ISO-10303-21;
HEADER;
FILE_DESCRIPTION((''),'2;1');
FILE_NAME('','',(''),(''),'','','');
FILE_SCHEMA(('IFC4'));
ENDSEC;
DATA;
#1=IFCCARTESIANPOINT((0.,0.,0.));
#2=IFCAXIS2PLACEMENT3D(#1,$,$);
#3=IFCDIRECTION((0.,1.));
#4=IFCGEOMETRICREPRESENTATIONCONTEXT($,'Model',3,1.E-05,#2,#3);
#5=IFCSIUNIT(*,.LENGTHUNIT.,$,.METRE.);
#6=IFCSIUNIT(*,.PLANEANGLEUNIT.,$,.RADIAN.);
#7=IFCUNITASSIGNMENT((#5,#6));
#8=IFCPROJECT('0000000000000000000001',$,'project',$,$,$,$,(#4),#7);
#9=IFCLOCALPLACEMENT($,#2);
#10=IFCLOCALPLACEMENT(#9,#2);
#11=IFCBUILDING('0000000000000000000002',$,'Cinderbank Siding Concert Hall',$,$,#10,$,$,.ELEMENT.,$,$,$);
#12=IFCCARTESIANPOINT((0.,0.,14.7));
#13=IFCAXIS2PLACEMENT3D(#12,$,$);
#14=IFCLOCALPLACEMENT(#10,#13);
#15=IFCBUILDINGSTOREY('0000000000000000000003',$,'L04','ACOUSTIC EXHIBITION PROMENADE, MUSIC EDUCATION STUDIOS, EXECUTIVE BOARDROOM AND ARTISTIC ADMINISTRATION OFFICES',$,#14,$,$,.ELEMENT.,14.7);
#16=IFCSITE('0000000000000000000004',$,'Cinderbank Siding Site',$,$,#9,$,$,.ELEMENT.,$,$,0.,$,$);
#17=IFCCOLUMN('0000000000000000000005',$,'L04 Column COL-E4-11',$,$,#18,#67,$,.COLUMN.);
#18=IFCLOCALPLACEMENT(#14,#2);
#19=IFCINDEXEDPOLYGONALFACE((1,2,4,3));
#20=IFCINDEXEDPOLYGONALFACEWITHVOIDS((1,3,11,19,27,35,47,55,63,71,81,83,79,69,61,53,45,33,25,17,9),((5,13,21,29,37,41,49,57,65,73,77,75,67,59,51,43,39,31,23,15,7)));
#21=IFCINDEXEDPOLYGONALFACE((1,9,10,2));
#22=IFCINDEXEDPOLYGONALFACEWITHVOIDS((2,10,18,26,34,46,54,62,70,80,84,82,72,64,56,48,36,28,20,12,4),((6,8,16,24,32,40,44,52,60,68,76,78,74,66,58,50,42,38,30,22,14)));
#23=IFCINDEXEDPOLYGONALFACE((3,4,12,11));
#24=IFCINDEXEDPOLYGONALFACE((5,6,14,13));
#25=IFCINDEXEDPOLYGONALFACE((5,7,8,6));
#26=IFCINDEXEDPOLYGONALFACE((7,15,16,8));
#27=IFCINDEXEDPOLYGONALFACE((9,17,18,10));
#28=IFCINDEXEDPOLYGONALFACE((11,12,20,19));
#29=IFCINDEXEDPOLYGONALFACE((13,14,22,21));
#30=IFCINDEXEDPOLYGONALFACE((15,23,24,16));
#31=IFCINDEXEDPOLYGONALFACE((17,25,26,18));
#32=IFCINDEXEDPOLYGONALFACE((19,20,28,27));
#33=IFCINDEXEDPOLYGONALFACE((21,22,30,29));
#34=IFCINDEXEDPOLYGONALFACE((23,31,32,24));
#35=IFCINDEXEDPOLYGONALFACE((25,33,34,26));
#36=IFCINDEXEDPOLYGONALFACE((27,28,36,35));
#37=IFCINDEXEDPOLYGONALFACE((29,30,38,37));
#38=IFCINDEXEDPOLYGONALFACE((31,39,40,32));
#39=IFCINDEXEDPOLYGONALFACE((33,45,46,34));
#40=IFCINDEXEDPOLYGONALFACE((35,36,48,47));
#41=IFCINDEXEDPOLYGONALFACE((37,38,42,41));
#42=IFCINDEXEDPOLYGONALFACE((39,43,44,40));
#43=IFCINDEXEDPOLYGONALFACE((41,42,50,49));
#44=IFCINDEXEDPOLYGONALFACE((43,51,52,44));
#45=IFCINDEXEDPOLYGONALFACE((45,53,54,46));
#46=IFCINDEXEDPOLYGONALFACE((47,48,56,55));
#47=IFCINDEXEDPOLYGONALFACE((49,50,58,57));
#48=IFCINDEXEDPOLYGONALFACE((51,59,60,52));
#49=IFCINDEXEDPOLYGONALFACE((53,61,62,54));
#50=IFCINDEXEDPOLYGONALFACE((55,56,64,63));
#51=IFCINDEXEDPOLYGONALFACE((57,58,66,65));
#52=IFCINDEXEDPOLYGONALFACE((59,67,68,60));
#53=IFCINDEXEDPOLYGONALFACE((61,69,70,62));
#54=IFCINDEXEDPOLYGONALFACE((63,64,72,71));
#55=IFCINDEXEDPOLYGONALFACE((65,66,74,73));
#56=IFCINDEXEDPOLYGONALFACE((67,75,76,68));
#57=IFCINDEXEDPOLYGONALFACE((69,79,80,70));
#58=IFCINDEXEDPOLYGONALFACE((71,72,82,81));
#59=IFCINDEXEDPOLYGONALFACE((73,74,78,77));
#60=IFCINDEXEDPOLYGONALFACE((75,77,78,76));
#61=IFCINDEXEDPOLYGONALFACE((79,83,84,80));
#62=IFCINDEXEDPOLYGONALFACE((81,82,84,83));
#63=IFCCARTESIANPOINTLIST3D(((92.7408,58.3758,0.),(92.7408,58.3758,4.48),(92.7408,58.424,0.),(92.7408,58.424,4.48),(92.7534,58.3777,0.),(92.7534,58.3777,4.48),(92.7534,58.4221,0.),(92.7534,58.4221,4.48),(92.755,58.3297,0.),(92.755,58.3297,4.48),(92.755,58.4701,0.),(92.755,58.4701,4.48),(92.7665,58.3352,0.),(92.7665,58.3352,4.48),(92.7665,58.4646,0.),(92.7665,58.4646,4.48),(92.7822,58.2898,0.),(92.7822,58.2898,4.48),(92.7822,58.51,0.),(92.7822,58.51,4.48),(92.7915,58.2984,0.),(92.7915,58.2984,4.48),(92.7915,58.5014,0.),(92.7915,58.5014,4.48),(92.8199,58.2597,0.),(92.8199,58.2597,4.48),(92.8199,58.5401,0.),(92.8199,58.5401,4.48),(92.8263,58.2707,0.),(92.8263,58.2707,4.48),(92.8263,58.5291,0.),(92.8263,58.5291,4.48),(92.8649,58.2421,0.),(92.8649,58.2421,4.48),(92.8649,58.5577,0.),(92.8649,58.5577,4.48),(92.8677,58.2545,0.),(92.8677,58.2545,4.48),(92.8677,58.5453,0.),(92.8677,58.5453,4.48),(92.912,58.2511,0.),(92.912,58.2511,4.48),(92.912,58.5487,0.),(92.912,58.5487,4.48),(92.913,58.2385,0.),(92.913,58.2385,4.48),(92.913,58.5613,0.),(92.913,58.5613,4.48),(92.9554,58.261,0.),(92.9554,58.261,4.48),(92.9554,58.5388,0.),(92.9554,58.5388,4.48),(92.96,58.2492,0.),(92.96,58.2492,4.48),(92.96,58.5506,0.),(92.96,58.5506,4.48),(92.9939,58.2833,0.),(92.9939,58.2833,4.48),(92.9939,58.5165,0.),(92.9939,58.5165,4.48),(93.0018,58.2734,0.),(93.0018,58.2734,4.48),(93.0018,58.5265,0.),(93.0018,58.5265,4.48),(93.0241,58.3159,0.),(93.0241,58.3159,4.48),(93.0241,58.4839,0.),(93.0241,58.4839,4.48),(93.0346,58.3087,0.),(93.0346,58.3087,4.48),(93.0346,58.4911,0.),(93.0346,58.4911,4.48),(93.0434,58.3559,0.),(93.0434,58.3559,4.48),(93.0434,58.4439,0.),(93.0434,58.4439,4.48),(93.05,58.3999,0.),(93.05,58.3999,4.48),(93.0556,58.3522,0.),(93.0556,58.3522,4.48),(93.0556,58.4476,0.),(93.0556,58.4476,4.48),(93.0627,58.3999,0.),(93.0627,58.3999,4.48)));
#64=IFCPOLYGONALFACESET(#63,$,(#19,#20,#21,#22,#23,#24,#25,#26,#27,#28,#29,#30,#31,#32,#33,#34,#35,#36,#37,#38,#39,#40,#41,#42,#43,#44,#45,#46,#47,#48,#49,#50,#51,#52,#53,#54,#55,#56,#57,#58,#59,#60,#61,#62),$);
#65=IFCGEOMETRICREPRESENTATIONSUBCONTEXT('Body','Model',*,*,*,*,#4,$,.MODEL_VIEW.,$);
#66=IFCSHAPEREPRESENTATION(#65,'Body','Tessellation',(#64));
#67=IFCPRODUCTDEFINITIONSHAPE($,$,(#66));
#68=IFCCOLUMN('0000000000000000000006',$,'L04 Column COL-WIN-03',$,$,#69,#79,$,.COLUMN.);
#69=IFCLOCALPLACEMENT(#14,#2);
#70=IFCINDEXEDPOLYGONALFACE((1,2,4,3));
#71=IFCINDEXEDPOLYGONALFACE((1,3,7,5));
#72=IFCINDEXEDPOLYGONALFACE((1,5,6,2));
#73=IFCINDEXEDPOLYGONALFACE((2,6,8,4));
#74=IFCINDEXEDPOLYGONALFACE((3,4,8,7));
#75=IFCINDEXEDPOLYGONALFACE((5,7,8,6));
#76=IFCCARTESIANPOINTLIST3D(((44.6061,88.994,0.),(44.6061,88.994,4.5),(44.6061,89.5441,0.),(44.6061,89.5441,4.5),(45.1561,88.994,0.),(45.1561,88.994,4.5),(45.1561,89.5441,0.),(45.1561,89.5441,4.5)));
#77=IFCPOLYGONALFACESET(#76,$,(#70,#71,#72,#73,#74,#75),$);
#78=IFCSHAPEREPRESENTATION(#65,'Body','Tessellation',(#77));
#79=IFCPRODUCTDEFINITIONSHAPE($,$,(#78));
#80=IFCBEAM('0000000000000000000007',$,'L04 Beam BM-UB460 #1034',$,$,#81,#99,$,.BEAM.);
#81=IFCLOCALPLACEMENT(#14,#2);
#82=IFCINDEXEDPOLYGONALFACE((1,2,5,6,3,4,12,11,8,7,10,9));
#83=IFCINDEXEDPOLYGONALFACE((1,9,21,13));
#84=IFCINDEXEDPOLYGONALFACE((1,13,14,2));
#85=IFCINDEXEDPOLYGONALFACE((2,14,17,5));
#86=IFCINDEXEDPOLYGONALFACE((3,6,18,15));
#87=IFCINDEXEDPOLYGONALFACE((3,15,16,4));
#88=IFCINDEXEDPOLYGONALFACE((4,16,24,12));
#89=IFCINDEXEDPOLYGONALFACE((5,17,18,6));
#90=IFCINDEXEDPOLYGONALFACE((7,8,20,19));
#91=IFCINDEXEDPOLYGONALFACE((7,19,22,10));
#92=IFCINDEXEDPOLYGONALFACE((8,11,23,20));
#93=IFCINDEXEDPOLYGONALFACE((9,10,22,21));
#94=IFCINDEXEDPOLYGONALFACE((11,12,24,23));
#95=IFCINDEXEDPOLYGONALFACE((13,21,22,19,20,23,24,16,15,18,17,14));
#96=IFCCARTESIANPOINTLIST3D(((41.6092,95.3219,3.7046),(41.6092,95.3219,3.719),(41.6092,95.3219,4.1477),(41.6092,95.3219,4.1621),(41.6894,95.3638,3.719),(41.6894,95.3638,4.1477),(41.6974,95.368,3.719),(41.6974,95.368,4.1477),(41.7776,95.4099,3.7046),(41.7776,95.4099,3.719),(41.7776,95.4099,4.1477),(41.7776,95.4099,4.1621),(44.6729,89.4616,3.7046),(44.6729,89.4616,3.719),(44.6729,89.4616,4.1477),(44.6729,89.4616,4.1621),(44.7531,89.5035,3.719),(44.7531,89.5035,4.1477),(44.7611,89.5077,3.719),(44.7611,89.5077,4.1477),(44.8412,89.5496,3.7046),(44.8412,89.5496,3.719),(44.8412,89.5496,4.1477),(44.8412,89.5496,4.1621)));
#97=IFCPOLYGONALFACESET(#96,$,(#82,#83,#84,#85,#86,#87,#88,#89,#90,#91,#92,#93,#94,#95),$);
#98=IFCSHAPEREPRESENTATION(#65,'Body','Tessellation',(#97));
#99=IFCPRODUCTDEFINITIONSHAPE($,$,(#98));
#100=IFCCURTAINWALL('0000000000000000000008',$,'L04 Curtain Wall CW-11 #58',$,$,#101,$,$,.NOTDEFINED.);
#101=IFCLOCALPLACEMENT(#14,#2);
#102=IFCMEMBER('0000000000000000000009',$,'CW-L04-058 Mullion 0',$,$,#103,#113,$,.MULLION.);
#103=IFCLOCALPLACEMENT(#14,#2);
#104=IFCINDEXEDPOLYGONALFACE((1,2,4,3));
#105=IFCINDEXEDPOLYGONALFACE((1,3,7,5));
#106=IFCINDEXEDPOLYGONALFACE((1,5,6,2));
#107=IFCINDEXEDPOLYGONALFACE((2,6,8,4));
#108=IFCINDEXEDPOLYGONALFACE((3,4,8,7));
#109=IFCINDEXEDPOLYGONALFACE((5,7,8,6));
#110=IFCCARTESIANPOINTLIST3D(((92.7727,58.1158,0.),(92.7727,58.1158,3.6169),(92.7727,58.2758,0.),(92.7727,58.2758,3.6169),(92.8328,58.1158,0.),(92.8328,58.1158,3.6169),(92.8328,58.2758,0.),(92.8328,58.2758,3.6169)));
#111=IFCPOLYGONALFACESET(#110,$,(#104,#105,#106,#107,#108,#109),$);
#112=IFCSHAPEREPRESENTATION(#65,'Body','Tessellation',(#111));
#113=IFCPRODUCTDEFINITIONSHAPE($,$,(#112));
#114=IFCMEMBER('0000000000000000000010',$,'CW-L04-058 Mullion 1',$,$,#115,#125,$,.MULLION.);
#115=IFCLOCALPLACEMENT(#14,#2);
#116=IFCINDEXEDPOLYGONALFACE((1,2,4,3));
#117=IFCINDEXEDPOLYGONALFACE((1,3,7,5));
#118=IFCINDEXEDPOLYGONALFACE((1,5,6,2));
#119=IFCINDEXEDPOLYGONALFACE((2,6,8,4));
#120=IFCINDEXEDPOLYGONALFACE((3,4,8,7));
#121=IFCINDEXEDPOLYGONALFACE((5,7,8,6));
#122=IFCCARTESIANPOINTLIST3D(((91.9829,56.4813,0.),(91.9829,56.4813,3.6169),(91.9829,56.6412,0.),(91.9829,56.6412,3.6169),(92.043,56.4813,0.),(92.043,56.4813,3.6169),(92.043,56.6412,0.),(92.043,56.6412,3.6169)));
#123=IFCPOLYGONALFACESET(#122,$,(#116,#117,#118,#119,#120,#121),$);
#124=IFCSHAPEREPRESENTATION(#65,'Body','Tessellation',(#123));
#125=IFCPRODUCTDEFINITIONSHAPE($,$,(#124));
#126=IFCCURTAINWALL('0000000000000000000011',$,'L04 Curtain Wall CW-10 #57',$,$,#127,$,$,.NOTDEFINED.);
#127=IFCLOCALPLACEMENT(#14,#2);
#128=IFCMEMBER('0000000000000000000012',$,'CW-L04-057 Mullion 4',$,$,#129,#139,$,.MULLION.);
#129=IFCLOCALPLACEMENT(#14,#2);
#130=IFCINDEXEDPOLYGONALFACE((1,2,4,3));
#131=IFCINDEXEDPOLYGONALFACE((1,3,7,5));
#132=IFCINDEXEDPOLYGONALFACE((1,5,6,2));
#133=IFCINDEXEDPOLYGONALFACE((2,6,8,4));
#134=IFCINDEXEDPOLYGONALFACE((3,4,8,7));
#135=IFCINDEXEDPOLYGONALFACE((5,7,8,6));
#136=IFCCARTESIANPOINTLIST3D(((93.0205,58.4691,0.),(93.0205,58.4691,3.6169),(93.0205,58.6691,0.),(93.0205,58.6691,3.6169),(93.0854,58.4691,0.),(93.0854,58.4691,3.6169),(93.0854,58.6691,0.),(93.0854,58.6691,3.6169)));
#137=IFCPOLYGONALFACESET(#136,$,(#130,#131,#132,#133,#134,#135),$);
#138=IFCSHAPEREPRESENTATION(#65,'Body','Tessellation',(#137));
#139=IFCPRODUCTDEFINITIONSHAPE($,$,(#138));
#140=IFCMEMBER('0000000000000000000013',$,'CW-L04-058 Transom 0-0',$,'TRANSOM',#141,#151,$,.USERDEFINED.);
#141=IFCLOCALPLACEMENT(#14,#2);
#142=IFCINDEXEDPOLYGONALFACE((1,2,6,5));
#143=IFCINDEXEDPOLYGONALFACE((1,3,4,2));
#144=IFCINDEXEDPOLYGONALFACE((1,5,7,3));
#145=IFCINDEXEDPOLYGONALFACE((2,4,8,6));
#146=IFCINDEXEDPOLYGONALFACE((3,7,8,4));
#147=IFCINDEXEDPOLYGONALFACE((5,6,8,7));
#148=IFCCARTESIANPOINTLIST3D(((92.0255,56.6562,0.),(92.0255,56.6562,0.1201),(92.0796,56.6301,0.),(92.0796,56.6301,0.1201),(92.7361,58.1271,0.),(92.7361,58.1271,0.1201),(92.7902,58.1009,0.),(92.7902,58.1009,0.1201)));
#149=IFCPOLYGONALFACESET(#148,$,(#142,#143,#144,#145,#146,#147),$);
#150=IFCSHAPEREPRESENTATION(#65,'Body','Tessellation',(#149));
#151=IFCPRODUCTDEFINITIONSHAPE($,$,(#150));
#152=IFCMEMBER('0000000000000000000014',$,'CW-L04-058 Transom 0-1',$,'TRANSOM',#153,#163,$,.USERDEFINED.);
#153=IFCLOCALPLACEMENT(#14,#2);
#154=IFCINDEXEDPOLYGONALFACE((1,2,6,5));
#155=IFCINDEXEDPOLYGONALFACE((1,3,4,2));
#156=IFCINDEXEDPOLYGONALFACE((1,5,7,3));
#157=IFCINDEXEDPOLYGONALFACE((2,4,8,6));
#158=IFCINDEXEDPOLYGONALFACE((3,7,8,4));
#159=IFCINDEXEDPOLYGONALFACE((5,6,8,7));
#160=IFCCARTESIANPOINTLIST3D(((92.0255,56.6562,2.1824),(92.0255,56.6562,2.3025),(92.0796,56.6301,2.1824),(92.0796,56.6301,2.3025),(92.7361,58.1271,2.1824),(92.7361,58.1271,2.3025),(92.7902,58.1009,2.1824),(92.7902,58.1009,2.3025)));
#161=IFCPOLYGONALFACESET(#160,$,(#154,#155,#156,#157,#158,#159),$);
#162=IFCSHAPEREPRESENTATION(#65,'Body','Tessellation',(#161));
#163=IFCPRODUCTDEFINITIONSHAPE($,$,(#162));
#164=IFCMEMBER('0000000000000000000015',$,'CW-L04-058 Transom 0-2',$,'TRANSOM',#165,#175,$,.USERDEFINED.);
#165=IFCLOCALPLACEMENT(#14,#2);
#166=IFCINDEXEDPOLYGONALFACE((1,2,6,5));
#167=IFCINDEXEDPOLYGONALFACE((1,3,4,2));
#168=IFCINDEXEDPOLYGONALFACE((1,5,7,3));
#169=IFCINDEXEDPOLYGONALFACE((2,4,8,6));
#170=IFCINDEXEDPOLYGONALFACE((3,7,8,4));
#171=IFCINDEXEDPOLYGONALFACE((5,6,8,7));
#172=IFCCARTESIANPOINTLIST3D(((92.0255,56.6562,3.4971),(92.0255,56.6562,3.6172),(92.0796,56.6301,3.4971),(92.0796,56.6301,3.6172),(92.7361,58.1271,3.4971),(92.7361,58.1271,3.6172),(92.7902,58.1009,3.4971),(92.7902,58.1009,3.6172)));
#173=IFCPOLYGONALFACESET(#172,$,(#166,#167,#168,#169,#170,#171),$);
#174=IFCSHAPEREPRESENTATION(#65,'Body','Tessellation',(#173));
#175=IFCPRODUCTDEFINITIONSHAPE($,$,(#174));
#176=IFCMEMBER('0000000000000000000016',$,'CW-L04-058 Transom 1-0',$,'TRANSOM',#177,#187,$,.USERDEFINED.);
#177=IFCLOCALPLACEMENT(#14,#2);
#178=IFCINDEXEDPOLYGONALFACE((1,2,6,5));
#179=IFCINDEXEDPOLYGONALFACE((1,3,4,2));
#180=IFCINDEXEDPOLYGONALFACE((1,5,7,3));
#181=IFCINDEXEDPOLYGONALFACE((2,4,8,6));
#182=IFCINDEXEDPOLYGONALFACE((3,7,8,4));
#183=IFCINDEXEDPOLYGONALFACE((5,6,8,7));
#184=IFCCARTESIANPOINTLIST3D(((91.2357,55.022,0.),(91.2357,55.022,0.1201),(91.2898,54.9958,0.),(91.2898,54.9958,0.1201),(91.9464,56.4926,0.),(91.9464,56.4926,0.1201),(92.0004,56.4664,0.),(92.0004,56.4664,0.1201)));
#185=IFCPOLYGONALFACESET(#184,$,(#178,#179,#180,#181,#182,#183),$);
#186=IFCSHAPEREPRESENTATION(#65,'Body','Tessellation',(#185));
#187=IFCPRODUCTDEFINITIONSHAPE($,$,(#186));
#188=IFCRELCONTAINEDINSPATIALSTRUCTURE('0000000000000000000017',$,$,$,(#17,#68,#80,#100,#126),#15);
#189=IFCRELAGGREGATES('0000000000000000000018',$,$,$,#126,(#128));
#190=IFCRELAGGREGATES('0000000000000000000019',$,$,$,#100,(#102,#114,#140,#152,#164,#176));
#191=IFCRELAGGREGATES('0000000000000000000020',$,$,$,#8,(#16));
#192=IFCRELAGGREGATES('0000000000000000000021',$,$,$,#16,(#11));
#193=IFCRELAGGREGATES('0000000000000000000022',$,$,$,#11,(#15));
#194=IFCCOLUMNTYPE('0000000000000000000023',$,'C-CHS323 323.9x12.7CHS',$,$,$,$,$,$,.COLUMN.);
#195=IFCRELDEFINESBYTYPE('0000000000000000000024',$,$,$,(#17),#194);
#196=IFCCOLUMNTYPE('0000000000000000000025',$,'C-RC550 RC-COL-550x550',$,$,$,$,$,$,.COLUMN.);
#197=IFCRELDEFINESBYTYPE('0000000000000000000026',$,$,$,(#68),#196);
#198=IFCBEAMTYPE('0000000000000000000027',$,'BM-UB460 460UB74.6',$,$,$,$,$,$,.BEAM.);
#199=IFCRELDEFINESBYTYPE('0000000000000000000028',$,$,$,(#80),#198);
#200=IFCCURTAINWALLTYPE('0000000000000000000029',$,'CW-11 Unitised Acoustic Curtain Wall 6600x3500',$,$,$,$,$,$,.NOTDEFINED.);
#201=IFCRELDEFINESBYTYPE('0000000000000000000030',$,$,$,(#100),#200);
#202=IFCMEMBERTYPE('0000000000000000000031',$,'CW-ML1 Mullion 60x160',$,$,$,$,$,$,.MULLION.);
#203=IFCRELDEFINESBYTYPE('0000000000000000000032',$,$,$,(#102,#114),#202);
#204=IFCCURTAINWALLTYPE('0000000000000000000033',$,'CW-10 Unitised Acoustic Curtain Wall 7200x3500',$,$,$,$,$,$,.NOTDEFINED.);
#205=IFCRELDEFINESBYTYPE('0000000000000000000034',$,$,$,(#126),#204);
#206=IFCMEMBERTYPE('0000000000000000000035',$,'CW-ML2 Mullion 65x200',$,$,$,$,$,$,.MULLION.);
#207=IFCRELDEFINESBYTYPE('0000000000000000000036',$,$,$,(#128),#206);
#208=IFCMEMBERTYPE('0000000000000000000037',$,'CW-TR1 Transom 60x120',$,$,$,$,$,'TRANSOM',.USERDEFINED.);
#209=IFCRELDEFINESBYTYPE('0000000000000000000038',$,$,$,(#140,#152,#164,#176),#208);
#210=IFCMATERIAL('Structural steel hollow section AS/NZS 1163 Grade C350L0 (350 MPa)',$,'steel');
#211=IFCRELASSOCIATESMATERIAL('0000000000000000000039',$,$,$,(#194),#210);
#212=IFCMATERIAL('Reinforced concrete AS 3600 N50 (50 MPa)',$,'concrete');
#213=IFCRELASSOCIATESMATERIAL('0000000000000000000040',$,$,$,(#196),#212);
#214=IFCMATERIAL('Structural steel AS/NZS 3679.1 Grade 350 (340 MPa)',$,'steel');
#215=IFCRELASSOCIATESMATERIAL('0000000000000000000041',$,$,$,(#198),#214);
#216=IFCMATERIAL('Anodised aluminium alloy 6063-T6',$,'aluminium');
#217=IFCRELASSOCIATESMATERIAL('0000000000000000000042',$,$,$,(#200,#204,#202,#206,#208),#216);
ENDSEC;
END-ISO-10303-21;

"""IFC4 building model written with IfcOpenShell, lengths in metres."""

from ifc_helpers import new_model, si_unit, direction, frame, origin, origin_2d, place, context, subcontext, project, spatial, rectangle, hollow_circle, i_section, extrude, material, material_profile, profile_set, type_object, element, aggregate, save


model = new_model("IFC4")

# Units and contexts
model_context = context("Model", 3, precision=1e-05, world=origin(), true_north=direction((0.0, 1.0)))
body_context = subcontext(model_context, "Body", "Model", "MODEL_VIEW")
ifc_project = project(units=[si_unit("LENGTHUNIT", "METRE"), si_unit("PLANEANGLEUNIT", "RADIAN")], contexts=[model_context])

# Site, building, storey
site_placement = place(None, origin())
site = spatial("IfcSite", under=ifc_project, at=site_placement, Name="Cinderbank Siding Site", CompositionType="ELEMENT", RefElevation=0.0)
building_placement = place(site_placement, origin())
building = spatial("IfcBuilding", under=site, at=building_placement, Name="Cinderbank Siding Concert Hall", CompositionType="ELEMENT")
storey_placement = place(building_placement, frame((0.0, 0.0, 14.7)))
storey = spatial("IfcBuildingStorey", under=building, at=storey_placement, Name="L04", Description="ACOUSTIC EXHIBITION PROMENADE, MUSIC EDUCATION STUDIOS, EXECUTIVE BOARDROOM AND ARTISTIC ADMINISTRATION OFFICES", CompositionType="ELEMENT", Elevation=14.7)

# Columns
ifc_material_1 = material(Name="Structural steel hollow section AS/NZS 1163 Grade C350L0 (350 MPa)", Category="steel")
ifc_material_profile_1 = material_profile(ifc_material_1, hollow_circle(Radius=0.1619, WallThickness=0.0127, at=origin_2d()), Name="323.9x12.7CHS", Category="LoadBearing")
ifc_profile_set_1 = profile_set([ifc_material_profile_1], Name="Structural steel hollow section AS/NZS 1163 Grade C350L0 (350 MPa)")
column_type_1 = type_object("IfcColumnType", Name="C-CHS323 323.9x12.7CHS", PredefinedType="COLUMN", material=ifc_profile_set_1)
column_1_placement = place(storey_placement, frame((92.9009, 58.3999, 0.0), z_axis=(0.0, 0.0, 1.0), x_axis=(1.0, 0.0, 0.0)))
element("IfcColumn", 1, at=column_1_placement, inside=storey, type_object=column_type_1, Name="L04 Column COL-E4-11", PredefinedType="COLUMN", context=body_context, shape_type="SweptSolid", body=[
    extrude(hollow_circle(Radius=0.1619, WallThickness=0.0127, at=origin_2d()), origin(), (0.0, 0.0, 1.0), 4.48),
])
ifc_material_2 = material(Name="Reinforced concrete AS 3600 N50 (50 MPa)", Category="concrete")
ifc_material_profile_2 = material_profile(ifc_material_2, rectangle(XDim=0.55, YDim=0.55, at=origin_2d()), Name="RC-COL-550x550", Category="LoadBearing")
ifc_profile_set_2 = profile_set([ifc_material_profile_2], Name="Reinforced concrete AS 3600 N50 (50 MPa)")
column_type_2 = type_object("IfcColumnType", Name="C-RC550 RC-COL-550x550", PredefinedType="COLUMN", material=ifc_profile_set_2)
column_2_placement = place(storey_placement, frame((44.8811, 89.269, 0.0), z_axis=(0.0, 0.0, 1.0), x_axis=(1.0, 0.0, 0.0)))
element("IfcColumn", 2, at=column_2_placement, inside=storey, type_object=column_type_2, Name="L04 Column COL-WIN-03", PredefinedType="COLUMN", context=body_context, shape_type="SweptSolid", body=[
    extrude(rectangle(XDim=0.55, YDim=0.55, at=origin_2d()), origin(), (0.0, 0.0, 1.0), 4.5),
])

# Beam
ifc_material_3 = material(Name="Structural steel AS/NZS 3679.1 Grade 350 (340 MPa)", Category="steel")
ifc_material_profile_3 = material_profile(ifc_material_3, i_section(OverallWidth=0.1899, OverallDepth=0.4575, WebThickness=0.009, FlangeThickness=0.0144, at=origin_2d()), Name="460UB74.6", Category="LoadBearing")
ifc_profile_set_3 = profile_set([ifc_material_profile_3], Name="Structural steel AS/NZS 3679.1 Grade 350 (340 MPa)")
beam_type_1 = type_object("IfcBeamType", Name="BM-UB460 460UB74.6", PredefinedType="BEAM", material=ifc_profile_set_3)
beam_1_placement = place(storey_placement, frame((44.7571, 89.5056, 3.9333), z_axis=(-0.463296, 0.886203, 0.0), x_axis=(-0.886203, -0.463296, 0.0)))
element("IfcBeam", 3, at=beam_1_placement, inside=storey, type_object=beam_type_1, Name="L04 Beam BM-UB460 #1034", PredefinedType="BEAM", context=body_context, shape_type="SweptSolid", body=[
    extrude(i_section(OverallWidth=0.1899, OverallDepth=0.4575, WebThickness=0.009, FlangeThickness=0.0144, at=origin_2d()), origin(), (0.0, 0.0, 1.0), 6.6128),
])

# Curtain wall, members
ifc_material_4 = material(Name="Anodised aluminium alloy 6063-T6", Category="aluminium")
curtain_wall_type_1 = type_object("IfcCurtainWallType", Name="CW-11 Unitised Acoustic Curtain Wall 6600x3500", PredefinedType="NOTDEFINED", material=ifc_material_4)
curtain_wall_1_placement = place(storey_placement, origin())
curtain_wall_1 = element("IfcCurtainWall", 4, at=curtain_wall_1_placement, inside=storey, type_object=curtain_wall_type_1, Name="L04 Curtain Wall CW-11 #58", PredefinedType="NOTDEFINED")
ifc_material_profile_4 = material_profile(ifc_material_4, rectangle(XDim=0.0601, YDim=0.1599, at=origin_2d()), Name="ALU-MULL-60x160", Category="LoadBearing")
ifc_profile_set_4 = profile_set([ifc_material_profile_4], Name="Anodised aluminium alloy 6063-T6")
member_type_1 = type_object("IfcMemberType", Name="CW-ML1 Mullion 60x160", PredefinedType="MULLION", material=ifc_profile_set_4)
member_1_placement = place(storey_placement, frame((92.8027, 58.1958, 0.0), z_axis=(0.0, 0.0, 1.0), x_axis=(1.0, 0.0, 0.0)))
member_1 = element("IfcMember", 5, at=member_1_placement, type_object=member_type_1, Name="CW-L04-058 Mullion 0", PredefinedType="MULLION", context=body_context, shape_type="SweptSolid", body=[
    extrude(rectangle(XDim=0.0601, YDim=0.1599, at=origin_2d()), origin(), (0.0, 0.0, 1.0), 3.6169),
])
member_2_placement = place(storey_placement, frame((92.0129, 56.5613, 0.0), z_axis=(0.0, 0.0, 1.0), x_axis=(1.0, 0.0, 0.0)))
member_2 = element("IfcMember", 6, at=member_2_placement, type_object=member_type_1, Name="CW-L04-058 Mullion 1", PredefinedType="MULLION", context=body_context, shape_type="SweptSolid", body=[
    extrude(rectangle(XDim=0.0601, YDim=0.1599, at=origin_2d()), origin(), (0.0, 0.0, 1.0), 3.6169),
])

# Curtain wall, member
curtain_wall_type_2 = type_object("IfcCurtainWallType", Name="CW-10 Unitised Acoustic Curtain Wall 7200x3500", PredefinedType="NOTDEFINED", material=ifc_material_4)
curtain_wall_2_placement = place(storey_placement, origin())
curtain_wall_2 = element("IfcCurtainWall", 7, at=curtain_wall_2_placement, inside=storey, type_object=curtain_wall_type_2, Name="L04 Curtain Wall CW-10 #57", PredefinedType="NOTDEFINED")
ifc_material_profile_5 = material_profile(ifc_material_4, rectangle(XDim=0.0649, YDim=0.2, at=origin_2d()), Name="ALU-MULL-65x200", Category="LoadBearing")
ifc_profile_set_5 = profile_set([ifc_material_profile_5], Name="Anodised aluminium alloy 6063-T6")
member_type_2 = type_object("IfcMemberType", Name="CW-ML2 Mullion 65x200", PredefinedType="MULLION", material=ifc_profile_set_5)
member_3_placement = place(storey_placement, frame((93.053, 58.5691, 0.0), z_axis=(0.0, 0.0, 1.0), x_axis=(1.0, 0.0, 0.0)))
member_3 = element("IfcMember", 8, at=member_3_placement, type_object=member_type_2, Name="CW-L04-057 Mullion 4", PredefinedType="MULLION", context=body_context, shape_type="SweptSolid", body=[
    extrude(rectangle(XDim=0.0649, YDim=0.2, at=origin_2d()), origin(), (0.0, 0.0, 1.0), 3.6169),
])

# Members
ifc_material_profile_6 = material_profile(ifc_material_4, rectangle(XDim=0.0601, YDim=0.1201, at=origin_2d()), Name="ALU-TRAN-60x120", Category="LoadBearing")
ifc_profile_set_6 = profile_set([ifc_material_profile_6], Name="Anodised aluminium alloy 6063-T6")
member_type_3 = type_object("IfcMemberType", Name="CW-TR1 Transom 60x120", ElementType="TRANSOM", PredefinedType="USERDEFINED", material=ifc_profile_set_6)
member_4_placement = place(storey_placement, frame((92.7632, 58.114, 0.0601), z_axis=(-0.435037, -0.900412, 0.0), x_axis=(0.900412, -0.435037, 0.0)))
member_4 = element("IfcMember", 9, at=member_4_placement, type_object=member_type_3, Name="CW-L04-058 Transom 0-0", ObjectType="TRANSOM", PredefinedType="USERDEFINED", context=body_context, shape_type="SweptSolid", body=[
    extrude(rectangle(XDim=0.0601, YDim=0.1201, at=origin_2d()), origin(), (0.0, 0.0, 1.0), 1.6335),
])
member_5_placement = place(storey_placement, frame((92.7632, 58.114, 2.2424), z_axis=(-0.435037, -0.900412, 0.0), x_axis=(0.900412, -0.435037, 0.0)))
member_5 = element("IfcMember", 10, at=member_5_placement, type_object=member_type_3, Name="CW-L04-058 Transom 0-1", ObjectType="TRANSOM", PredefinedType="USERDEFINED", context=body_context, shape_type="SweptSolid", body=[
    extrude(rectangle(XDim=0.0601, YDim=0.1201, at=origin_2d()), origin(), (0.0, 0.0, 1.0), 1.6335),
])
member_6_placement = place(storey_placement, frame((92.7632, 58.114, 3.5571), z_axis=(-0.435037, -0.900412, 0.0), x_axis=(0.900412, -0.435037, 0.0)))
member_6 = element("IfcMember", 11, at=member_6_placement, type_object=member_type_3, Name="CW-L04-058 Transom 0-2", ObjectType="TRANSOM", PredefinedType="USERDEFINED", context=body_context, shape_type="SweptSolid", body=[
    extrude(rectangle(XDim=0.0601, YDim=0.1201, at=origin_2d()), origin(), (0.0, 0.0, 1.0), 1.6335),
])
member_7_placement = place(storey_placement, frame((91.9734, 56.4795, 0.0601), z_axis=(-0.435096, -0.900384, 0.0), x_axis=(0.900384, -0.435096, 0.0)))
member_7 = element("IfcMember", 12, at=member_7_placement, type_object=member_type_3, Name="CW-L04-058 Transom 1-0", ObjectType="TRANSOM", PredefinedType="USERDEFINED", context=body_context, shape_type="SweptSolid", body=[
    extrude(rectangle(XDim=0.0601, YDim=0.1201, at=origin_2d()), origin(), (0.0, 0.0, 1.0), 1.6333),
])

aggregate(curtain_wall_2, [member_3])
aggregate(curtain_wall_1, [member_1, member_2, member_4, member_5, member_6, member_7])

save(model, "model.ifc")
